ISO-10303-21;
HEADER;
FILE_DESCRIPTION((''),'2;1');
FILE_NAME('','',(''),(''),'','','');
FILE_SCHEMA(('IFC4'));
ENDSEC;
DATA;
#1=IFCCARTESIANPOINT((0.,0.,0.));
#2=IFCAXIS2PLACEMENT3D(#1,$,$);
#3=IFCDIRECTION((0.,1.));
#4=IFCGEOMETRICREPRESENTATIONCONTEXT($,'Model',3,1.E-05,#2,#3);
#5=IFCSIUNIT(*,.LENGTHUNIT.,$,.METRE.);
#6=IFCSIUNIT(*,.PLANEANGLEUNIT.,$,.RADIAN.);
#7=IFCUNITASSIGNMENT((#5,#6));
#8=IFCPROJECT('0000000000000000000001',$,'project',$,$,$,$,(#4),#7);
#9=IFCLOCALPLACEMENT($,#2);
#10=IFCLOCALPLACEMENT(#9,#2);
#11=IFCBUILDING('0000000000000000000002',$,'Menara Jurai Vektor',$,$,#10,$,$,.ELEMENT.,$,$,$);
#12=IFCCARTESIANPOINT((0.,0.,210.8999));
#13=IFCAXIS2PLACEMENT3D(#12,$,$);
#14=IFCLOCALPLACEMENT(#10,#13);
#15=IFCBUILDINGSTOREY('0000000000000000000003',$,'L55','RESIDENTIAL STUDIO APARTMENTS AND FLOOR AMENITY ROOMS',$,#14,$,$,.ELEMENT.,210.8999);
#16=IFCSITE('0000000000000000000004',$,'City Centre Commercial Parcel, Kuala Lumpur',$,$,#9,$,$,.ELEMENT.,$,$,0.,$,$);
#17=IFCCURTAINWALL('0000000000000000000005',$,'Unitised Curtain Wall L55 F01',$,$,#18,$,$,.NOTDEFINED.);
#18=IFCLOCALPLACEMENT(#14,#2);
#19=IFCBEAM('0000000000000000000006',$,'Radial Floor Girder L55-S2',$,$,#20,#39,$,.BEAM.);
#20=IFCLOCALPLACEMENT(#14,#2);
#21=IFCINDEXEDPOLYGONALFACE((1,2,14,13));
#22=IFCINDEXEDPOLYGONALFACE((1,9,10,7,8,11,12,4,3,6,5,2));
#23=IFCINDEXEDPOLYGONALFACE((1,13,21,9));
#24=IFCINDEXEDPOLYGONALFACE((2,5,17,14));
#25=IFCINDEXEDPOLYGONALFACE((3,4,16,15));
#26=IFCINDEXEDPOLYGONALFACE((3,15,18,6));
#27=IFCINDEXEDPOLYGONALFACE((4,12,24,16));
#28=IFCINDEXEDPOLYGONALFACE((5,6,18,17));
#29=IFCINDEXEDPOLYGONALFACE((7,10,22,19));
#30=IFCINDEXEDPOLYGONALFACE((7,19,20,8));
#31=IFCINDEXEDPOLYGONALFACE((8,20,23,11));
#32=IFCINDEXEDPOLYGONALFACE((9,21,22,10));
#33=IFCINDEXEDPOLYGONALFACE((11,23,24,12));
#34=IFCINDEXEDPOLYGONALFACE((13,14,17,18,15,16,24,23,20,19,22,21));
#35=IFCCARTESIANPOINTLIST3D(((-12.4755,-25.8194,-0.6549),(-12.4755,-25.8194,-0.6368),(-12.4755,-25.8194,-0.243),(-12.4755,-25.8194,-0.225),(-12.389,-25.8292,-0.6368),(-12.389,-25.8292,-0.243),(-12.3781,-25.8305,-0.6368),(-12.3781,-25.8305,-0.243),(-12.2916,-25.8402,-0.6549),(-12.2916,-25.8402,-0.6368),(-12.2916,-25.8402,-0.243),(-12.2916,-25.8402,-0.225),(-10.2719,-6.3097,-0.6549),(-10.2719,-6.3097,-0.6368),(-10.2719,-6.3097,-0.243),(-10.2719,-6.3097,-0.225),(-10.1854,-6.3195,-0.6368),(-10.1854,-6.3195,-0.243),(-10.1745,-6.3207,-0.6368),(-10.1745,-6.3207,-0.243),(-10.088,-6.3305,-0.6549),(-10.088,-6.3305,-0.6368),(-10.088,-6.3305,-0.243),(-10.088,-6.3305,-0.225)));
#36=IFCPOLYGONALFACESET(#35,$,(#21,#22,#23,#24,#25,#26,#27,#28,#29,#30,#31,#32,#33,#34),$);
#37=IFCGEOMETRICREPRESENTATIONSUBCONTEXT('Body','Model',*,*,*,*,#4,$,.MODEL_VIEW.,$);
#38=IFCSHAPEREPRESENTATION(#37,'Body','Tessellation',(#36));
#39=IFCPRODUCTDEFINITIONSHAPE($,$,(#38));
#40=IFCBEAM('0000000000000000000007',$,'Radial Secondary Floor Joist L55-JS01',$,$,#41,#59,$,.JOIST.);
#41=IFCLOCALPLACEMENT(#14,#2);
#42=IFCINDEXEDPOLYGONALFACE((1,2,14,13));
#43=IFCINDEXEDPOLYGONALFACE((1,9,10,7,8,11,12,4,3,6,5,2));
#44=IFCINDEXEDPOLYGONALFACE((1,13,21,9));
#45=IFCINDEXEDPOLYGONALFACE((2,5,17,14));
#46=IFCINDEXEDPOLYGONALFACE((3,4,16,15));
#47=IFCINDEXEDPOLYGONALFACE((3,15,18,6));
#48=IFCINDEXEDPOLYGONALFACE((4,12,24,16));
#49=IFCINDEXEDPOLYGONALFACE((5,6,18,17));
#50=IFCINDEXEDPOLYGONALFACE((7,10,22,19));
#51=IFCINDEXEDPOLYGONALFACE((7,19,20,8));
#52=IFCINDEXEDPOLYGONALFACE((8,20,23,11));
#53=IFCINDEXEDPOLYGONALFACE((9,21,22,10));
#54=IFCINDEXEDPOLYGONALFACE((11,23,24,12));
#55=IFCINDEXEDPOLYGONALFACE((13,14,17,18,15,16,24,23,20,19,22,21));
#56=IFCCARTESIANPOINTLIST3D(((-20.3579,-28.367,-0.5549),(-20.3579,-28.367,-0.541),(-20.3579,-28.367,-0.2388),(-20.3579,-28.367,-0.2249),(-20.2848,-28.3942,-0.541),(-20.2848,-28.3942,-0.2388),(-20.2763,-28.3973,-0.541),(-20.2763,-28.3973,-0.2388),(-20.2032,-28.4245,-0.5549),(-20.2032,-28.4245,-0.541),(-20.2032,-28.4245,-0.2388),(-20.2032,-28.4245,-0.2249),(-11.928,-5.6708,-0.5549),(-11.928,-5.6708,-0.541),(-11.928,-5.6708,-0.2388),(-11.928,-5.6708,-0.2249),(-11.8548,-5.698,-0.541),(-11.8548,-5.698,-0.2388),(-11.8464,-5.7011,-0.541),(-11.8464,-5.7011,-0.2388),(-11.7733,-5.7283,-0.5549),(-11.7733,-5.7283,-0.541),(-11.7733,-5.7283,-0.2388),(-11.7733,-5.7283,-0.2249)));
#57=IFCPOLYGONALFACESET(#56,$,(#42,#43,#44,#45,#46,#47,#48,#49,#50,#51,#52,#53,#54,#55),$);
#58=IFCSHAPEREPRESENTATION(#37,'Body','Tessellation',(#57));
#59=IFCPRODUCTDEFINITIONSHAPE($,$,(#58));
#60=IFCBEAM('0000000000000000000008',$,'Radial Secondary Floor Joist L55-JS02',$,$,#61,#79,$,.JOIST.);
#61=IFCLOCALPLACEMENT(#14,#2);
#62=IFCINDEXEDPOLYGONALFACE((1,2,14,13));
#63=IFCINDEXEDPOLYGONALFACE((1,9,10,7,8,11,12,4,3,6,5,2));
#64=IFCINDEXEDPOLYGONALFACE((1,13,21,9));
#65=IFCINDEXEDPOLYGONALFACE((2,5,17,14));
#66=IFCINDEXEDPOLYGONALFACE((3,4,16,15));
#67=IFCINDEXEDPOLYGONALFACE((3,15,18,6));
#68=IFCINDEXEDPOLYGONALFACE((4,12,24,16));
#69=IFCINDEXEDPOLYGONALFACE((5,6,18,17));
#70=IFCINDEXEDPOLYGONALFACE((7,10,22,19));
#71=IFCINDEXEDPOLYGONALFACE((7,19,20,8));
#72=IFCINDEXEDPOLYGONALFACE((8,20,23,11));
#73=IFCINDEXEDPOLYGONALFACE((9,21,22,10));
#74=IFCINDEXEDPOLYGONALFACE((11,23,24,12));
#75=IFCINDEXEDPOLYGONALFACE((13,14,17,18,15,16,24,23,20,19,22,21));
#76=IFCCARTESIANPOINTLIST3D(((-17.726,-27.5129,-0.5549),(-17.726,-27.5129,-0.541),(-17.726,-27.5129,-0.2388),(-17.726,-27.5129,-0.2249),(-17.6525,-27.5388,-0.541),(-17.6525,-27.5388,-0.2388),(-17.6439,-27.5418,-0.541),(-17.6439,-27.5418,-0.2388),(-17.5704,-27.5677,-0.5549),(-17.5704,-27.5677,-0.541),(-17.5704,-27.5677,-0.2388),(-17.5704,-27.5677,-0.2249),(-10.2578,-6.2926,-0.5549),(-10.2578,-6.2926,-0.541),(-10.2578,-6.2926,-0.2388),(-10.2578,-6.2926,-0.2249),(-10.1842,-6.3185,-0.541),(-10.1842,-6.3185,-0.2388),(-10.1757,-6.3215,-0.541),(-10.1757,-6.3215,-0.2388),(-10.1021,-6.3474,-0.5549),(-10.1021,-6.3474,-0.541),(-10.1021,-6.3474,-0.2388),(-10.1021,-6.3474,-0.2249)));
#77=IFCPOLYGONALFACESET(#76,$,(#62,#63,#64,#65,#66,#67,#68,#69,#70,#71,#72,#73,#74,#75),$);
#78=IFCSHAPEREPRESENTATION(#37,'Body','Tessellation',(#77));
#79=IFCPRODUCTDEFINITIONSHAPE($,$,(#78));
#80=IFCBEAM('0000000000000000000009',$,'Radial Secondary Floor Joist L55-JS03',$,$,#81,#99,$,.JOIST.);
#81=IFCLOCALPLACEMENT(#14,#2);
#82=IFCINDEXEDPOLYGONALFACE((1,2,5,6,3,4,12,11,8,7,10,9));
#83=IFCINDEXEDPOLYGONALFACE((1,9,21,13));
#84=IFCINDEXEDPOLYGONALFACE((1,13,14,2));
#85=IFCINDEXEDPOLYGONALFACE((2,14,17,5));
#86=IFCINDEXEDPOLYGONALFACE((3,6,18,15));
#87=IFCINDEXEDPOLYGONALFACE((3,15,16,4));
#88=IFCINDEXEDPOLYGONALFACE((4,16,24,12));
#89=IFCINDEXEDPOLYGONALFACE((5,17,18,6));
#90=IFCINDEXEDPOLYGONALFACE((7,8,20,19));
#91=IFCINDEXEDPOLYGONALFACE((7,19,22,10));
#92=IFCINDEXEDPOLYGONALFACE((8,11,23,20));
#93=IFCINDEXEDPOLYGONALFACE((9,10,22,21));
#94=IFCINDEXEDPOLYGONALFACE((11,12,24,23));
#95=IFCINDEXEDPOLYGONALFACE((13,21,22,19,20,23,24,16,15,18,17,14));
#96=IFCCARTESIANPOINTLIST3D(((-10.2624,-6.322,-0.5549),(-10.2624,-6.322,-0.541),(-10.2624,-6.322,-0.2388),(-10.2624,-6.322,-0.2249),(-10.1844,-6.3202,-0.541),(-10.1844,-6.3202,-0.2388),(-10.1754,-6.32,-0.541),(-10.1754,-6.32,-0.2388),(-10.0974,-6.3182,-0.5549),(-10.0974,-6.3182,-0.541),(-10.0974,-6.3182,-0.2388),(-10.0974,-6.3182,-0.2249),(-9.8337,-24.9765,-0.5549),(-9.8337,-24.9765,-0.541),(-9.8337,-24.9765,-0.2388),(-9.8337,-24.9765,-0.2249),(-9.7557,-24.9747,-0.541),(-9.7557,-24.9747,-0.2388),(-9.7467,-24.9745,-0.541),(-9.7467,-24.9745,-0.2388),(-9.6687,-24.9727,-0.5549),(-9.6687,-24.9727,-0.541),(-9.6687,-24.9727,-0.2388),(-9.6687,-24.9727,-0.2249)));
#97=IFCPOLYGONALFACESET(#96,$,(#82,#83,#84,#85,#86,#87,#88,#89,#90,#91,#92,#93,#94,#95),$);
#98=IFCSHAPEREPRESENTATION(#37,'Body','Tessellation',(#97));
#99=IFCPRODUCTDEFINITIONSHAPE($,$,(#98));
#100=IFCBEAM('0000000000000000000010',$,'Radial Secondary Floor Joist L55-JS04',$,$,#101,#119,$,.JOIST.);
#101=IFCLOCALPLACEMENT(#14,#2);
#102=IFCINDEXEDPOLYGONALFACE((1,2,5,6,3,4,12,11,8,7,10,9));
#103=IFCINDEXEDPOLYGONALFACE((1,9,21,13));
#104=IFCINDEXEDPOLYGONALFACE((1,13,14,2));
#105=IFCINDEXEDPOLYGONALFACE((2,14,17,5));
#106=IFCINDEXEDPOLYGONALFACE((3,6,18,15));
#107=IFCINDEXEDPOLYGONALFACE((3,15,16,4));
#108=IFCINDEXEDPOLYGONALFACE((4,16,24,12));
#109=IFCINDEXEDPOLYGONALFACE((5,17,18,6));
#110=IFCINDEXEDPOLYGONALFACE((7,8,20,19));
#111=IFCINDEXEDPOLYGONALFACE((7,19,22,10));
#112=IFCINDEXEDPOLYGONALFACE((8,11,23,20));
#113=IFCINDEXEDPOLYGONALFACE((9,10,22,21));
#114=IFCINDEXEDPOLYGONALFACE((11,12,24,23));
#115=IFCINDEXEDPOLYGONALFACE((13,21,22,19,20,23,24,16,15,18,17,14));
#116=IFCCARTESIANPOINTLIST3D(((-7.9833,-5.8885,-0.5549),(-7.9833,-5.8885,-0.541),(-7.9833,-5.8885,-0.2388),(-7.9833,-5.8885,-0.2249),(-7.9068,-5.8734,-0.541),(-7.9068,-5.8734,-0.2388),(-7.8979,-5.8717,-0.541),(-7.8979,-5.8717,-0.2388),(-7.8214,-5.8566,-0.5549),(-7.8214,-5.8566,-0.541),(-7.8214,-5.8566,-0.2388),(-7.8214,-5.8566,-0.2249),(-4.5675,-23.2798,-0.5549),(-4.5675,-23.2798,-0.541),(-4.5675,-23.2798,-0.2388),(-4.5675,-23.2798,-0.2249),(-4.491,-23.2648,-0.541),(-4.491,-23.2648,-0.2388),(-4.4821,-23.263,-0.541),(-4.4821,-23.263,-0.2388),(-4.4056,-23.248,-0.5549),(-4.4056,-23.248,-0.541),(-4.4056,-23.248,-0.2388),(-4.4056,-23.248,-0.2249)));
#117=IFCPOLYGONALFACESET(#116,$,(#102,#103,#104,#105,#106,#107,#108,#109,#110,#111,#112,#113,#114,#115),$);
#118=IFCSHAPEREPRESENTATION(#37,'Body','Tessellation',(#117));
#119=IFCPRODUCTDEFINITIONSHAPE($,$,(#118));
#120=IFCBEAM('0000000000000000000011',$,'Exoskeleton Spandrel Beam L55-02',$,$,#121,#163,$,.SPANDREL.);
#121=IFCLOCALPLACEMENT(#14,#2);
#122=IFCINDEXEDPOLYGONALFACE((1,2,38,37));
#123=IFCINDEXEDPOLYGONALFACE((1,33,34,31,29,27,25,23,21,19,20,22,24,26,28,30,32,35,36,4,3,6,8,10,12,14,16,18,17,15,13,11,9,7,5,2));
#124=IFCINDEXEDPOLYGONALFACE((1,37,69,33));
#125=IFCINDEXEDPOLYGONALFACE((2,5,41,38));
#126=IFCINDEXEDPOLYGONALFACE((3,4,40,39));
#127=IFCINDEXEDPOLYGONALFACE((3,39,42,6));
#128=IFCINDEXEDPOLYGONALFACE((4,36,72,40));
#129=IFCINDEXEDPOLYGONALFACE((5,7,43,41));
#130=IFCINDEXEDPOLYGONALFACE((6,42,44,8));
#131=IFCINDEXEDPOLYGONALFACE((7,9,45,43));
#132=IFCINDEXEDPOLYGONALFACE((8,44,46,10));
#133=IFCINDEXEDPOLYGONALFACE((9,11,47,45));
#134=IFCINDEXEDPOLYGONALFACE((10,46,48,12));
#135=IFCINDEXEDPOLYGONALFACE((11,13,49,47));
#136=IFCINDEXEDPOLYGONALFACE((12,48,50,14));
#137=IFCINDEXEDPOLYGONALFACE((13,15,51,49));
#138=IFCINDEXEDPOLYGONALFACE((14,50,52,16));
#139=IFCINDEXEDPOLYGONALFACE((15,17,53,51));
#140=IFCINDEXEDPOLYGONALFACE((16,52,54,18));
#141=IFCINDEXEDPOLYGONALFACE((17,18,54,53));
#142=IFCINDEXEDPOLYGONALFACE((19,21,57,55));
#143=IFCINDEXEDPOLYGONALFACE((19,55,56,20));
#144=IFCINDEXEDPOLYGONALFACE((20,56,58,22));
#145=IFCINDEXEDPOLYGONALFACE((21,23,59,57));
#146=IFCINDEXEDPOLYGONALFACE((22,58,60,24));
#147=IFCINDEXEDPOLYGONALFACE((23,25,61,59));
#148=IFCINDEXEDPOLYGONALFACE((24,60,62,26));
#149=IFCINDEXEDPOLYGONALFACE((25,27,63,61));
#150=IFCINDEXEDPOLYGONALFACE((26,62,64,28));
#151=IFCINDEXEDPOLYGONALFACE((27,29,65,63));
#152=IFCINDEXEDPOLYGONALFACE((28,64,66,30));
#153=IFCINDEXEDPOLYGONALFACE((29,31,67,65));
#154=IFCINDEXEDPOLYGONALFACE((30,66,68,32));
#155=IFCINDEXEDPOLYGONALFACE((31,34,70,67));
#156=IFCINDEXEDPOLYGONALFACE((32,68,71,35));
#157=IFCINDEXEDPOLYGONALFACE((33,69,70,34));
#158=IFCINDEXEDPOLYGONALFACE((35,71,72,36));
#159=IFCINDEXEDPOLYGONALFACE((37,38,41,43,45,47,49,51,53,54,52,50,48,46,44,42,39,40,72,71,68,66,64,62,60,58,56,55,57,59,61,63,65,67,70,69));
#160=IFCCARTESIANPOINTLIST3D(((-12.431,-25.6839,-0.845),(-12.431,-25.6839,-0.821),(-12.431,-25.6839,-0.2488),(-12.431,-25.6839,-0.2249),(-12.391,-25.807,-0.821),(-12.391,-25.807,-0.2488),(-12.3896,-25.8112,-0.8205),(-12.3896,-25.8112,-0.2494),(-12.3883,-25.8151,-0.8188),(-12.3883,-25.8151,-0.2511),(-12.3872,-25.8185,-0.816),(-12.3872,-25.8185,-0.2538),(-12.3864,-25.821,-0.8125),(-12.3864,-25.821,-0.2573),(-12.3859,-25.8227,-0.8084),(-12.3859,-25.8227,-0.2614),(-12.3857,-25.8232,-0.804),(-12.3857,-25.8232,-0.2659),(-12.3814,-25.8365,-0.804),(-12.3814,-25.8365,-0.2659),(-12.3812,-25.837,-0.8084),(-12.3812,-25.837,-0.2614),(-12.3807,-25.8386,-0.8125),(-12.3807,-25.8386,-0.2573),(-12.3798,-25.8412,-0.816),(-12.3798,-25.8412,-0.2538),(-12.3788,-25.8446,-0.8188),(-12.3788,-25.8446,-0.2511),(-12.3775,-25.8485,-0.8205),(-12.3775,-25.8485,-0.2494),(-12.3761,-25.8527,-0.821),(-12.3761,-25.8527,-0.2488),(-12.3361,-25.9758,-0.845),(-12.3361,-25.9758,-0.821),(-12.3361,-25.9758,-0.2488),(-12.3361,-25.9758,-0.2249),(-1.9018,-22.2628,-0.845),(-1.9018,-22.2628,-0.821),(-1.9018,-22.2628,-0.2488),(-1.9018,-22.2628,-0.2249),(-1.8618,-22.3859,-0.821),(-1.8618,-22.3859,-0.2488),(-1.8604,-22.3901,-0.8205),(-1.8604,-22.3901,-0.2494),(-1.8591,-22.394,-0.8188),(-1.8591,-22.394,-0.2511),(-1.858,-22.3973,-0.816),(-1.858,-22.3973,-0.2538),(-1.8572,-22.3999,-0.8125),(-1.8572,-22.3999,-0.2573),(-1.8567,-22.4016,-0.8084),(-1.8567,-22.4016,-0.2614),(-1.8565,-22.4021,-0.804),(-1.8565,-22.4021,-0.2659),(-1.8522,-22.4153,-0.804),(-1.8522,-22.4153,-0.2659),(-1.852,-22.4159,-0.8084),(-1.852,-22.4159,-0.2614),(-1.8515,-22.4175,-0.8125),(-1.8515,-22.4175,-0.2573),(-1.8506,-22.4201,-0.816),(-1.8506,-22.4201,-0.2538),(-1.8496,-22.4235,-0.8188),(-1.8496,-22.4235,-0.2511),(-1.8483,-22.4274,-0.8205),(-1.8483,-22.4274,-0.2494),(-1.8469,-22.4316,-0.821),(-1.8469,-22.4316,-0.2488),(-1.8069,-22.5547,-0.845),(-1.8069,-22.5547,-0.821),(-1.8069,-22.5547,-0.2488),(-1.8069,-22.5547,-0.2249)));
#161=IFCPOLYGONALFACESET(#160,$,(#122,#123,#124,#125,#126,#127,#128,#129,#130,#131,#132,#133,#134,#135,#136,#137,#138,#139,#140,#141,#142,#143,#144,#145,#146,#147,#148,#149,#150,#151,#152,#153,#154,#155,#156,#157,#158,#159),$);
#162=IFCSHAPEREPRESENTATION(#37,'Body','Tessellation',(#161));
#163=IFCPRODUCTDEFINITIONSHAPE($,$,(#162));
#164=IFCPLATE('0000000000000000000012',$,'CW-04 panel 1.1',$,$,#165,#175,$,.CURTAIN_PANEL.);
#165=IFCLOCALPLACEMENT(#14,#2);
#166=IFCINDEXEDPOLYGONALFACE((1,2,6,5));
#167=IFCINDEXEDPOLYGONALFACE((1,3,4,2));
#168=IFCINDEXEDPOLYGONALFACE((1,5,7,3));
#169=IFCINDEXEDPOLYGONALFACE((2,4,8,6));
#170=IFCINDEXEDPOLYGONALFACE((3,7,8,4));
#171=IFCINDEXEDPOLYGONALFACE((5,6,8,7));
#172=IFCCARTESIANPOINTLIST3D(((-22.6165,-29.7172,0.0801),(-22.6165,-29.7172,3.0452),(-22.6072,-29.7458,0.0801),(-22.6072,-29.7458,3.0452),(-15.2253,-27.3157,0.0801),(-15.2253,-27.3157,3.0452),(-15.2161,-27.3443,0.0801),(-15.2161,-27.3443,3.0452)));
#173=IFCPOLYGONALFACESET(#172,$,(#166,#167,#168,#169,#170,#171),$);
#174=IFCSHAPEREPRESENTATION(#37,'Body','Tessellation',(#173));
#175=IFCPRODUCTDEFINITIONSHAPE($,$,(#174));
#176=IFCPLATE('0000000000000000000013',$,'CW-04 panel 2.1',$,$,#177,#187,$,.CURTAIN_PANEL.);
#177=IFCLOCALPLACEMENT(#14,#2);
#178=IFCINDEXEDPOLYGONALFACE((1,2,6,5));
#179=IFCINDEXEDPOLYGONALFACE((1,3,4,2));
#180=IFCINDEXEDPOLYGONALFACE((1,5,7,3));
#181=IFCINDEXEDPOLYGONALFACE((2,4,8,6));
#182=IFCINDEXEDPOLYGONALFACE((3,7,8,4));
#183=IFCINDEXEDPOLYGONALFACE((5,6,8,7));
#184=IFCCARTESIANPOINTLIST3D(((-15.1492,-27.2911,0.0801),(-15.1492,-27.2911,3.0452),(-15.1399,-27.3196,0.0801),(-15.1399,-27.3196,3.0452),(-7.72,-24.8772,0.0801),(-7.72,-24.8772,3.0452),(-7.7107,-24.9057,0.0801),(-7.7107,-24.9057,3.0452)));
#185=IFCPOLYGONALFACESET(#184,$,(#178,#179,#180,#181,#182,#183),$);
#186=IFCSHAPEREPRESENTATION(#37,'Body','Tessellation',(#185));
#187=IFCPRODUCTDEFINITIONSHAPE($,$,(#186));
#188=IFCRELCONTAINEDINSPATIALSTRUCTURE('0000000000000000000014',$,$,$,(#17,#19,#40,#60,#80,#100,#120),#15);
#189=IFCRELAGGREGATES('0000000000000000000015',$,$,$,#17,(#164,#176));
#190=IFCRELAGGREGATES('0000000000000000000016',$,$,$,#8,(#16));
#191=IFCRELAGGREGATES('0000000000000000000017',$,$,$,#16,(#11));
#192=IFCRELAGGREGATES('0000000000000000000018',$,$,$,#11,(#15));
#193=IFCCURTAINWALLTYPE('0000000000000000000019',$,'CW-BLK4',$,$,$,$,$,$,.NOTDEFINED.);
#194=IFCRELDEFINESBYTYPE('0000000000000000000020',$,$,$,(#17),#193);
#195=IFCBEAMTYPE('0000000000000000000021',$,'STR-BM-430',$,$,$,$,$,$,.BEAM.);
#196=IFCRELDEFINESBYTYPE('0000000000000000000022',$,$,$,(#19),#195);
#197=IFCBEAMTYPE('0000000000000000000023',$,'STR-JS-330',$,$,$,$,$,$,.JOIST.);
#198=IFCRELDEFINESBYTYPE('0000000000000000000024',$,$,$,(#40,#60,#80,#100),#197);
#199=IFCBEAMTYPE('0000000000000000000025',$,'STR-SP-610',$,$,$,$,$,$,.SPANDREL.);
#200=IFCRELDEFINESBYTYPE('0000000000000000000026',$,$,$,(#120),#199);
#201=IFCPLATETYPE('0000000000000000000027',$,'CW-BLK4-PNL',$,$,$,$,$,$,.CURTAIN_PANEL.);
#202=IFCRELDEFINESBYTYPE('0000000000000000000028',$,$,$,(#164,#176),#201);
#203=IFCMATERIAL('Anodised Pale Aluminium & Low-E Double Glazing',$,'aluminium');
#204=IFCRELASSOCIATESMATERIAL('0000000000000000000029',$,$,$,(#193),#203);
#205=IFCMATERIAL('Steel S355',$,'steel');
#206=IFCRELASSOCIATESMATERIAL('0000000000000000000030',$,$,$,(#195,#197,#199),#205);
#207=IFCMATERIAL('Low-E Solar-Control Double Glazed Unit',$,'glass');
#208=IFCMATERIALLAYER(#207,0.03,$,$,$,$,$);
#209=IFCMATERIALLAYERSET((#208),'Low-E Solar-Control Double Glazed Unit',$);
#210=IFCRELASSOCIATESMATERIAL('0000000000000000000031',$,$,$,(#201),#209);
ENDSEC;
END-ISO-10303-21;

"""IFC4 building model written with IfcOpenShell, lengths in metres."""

from ifc_helpers import new_model, si_unit, direction, frame, origin, origin_2d, place, context, subcontext, project, spatial, rectangle, i_section, extrude, material, layer, layer_set, material_profile, profile_set, type_object, element, aggregate, save


model = new_model("IFC4")

# Units and contexts
model_context = context("Model", 3, precision=1e-05, world=origin(), true_north=direction((0.0, 1.0)))
body_context = subcontext(model_context, "Body", "Model", "MODEL_VIEW")
ifc_project = project(units=[si_unit("LENGTHUNIT", "METRE"), si_unit("PLANEANGLEUNIT", "RADIAN")], contexts=[model_context])

# Site, building, storey
site_placement = place(None, origin())
site = spatial("IfcSite", under=ifc_project, at=site_placement, Name="City Centre Commercial Parcel, Kuala Lumpur", CompositionType="ELEMENT", RefElevation=0.0)
building_placement = place(site_placement, origin())
building = spatial("IfcBuilding", under=site, at=building_placement, Name="Menara Jurai Vektor", CompositionType="ELEMENT")
storey_placement = place(building_placement, frame((0.0, 0.0, 210.8999)))
storey = spatial("IfcBuildingStorey", under=building, at=storey_placement, Name="L55", Description="RESIDENTIAL STUDIO APARTMENTS AND FLOOR AMENITY ROOMS", CompositionType="ELEMENT", Elevation=210.8999)

# Curtain wall
ifc_material_1 = material(Name="Anodised Pale Aluminium & Low-E Double Glazing", Category="aluminium")
curtain_wall_type = type_object("IfcCurtainWallType", Name="CW-BLK4", PredefinedType="NOTDEFINED", material=ifc_material_1)
curtain_wall_placement = place(storey_placement, origin())
curtain_wall = element("IfcCurtainWall", 1, at=curtain_wall_placement, inside=storey, type_object=curtain_wall_type, Name="Unitised Curtain Wall L55 F01", PredefinedType="NOTDEFINED")

# Beams
ifc_material_2 = material(Name="Steel S355", Category="steel")
ifc_material_profile_1 = material_profile(ifc_material_2, i_section(OverallWidth=0.1851, OverallDepth=0.4299, WebThickness=0.011, FlangeThickness=0.0181, at=origin_2d()), Name="PG 430x185x76")
ifc_profile_set_1 = profile_set([ifc_material_profile_1], Name="Steel S355")
beam_type_1 = type_object("IfcBeamType", Name="STR-BM-430", PredefinedType="BEAM", material=ifc_profile_set_1)
beam_1_placement = place(storey_placement, frame((-12.3835, -25.8298, -0.4399), z_axis=(0.112236, 0.993682, 0.0), x_axis=(-0.993682, 0.112236, 0.0)))
element("IfcBeam", 2, at=beam_1_placement, inside=storey, type_object=beam_type_1, Name="Radial Floor Girder L55-S2", PredefinedType="BEAM", context=body_context, shape_type="SweptSolid", body=[
    extrude(i_section(OverallWidth=0.1851, OverallDepth=0.4299, WebThickness=0.011, FlangeThickness=0.0181, at=origin_2d()), origin(), (0.0, 0.0, 1.0), 19.6338),
])
ifc_material_profile_2 = material_profile(ifc_material_2, i_section(OverallWidth=0.165, OverallDepth=0.3301, WebThickness=0.009, FlangeThickness=0.0139, at=origin_2d()), Name="PG 330x165x46")
ifc_profile_set_2 = profile_set([ifc_material_profile_2], Name="Steel S355")
beam_type_2 = type_object("IfcBeamType", Name="STR-JS-330", PredefinedType="JOIST", material=ifc_profile_set_2)
beam_2_placement = place(storey_placement, frame((-20.2805, -28.3958, -0.3899), z_axis=(0.348182, 0.937427, 0.0), x_axis=(-0.937427, 0.348182, 0.0)))
element("IfcBeam", 3, at=beam_2_placement, inside=storey, type_object=beam_type_2, Name="Radial Secondary Floor Joist L55-JS01", PredefinedType="JOIST", context=body_context, shape_type="SweptSolid", body=[
    extrude(i_section(OverallWidth=0.165, OverallDepth=0.3301, WebThickness=0.009, FlangeThickness=0.0139, at=origin_2d()), origin(), (0.0, 0.0, 1.0), 24.2112),
])
beam_3_placement = place(storey_placement, frame((-17.6482, -27.5403, -0.3899), z_axis=(0.331981, 0.943286, 0.0), x_axis=(-0.943286, 0.331981, 0.0)))
element("IfcBeam", 4, at=beam_3_placement, inside=storey, type_object=beam_type_2, Name="Radial Secondary Floor Joist L55-JS02", PredefinedType="JOIST", context=body_context, shape_type="SweptSolid", body=[
    extrude(i_section(OverallWidth=0.165, OverallDepth=0.3301, WebThickness=0.009, FlangeThickness=0.0139, at=origin_2d()), origin(), (0.0, 0.0, 1.0), 22.4961),
])
beam_4_placement = place(storey_placement, frame((-9.7512, -24.9746, -0.3899), z_axis=(-0.022976, 0.999736, 0.0), x_axis=(-0.999736, -0.022976, 0.0)))
element("IfcBeam", 5, at=beam_4_placement, inside=storey, type_object=beam_type_2, Name="Radial Secondary Floor Joist L55-JS03", PredefinedType="JOIST", context=body_context, shape_type="SweptSolid", body=[
    extrude(i_section(OverallWidth=0.165, OverallDepth=0.3301, WebThickness=0.009, FlangeThickness=0.0139, at=origin_2d()), origin(), (0.0, 0.0, 1.0), 18.6594),
])
beam_5_placement = place(storey_placement, frame((-4.4866, -23.2639, -0.3899), z_axis=(-0.192724, 0.981253, 0.0), x_axis=(-0.981253, -0.192724, 0.0)))
element("IfcBeam", 6, at=beam_5_placement, inside=storey, type_object=beam_type_2, Name="Radial Secondary Floor Joist L55-JS04", PredefinedType="JOIST", context=body_context, shape_type="SweptSolid", body=[
    extrude(i_section(OverallWidth=0.165, OverallDepth=0.3301, WebThickness=0.009, FlangeThickness=0.0139, at=origin_2d()), origin(), (0.0, 0.0, 1.0), 17.7236),
])
ifc_material_profile_3 = material_profile(ifc_material_2, i_section(OverallWidth=0.3069, OverallDepth=0.6201, WebThickness=0.0139, FlangeThickness=0.0239, FilletRadius=0.0171, at=origin_2d()), Name="UKB 610x305x179")
ifc_profile_set_3 = profile_set([ifc_material_profile_3], Name="Steel S355")
beam_type_3 = type_object("IfcBeamType", Name="STR-SP-610", PredefinedType="SPANDREL", material=ifc_profile_set_3)
beam_6_placement = place(storey_placement, frame((-12.3835, -25.8298, -0.5349), z_axis=(0.951057, 0.309014, 0.0), x_axis=(-0.309014, 0.951057, 0.0)))
element("IfcBeam", 7, at=beam_6_placement, inside=storey, type_object=beam_type_3, Name="Exoskeleton Spandrel Beam L55-02", PredefinedType="SPANDREL", context=body_context, shape_type="SweptSolid", body=[
    extrude(i_section(OverallWidth=0.3069, OverallDepth=0.6201, WebThickness=0.0139, FlangeThickness=0.0239, FilletRadius=0.0171, at=origin_2d()), origin(), (0.0, 0.0, 1.0), 11.071),
])

# Plates
ifc_material_3 = material(Name="Low-E Solar-Control Double Glazed Unit", Category="glass")
ifc_layer_1 = layer(ifc_material_3, 0.03)
ifc_layer_set_1 = layer_set([ifc_layer_1], Name="Low-E Solar-Control Double Glazed Unit")
plate_type_1 = type_object("IfcPlateType", Name="CW-BLK4-PNL", PredefinedType="CURTAIN_PANEL", material=ifc_layer_set_1)
plate_1_placement = place(storey_placement, frame((-18.9163, -28.5308, 0.0801), z_axis=(0.0, 0.0, 1.0), x_axis=(0.951056, 0.309017, 0.0)))
plate_1 = element("IfcPlate", 8, at=plate_1_placement, type_object=plate_type_1, Name="CW-04 panel 1.1", PredefinedType="CURTAIN_PANEL", context=body_context, shape_type="SweptSolid", body=[
    extrude(rectangle(XDim=7.7715, YDim=0.03, at=origin_2d()), origin(), (0.0, 0.0, 1.0), 2.9651),
])
plate_2_placement = place(storey_placement, frame((-11.4299, -26.0984, 0.0801), z_axis=(0.0, 0.0, 1.0), x_axis=(0.951056, 0.309017, 0.0)))
plate_2 = element("IfcPlate", 9, at=plate_2_placement, type_object=plate_type_1, Name="CW-04 panel 2.1", PredefinedType="CURTAIN_PANEL", context=body_context, shape_type="SweptSolid", body=[
    extrude(rectangle(XDim=7.8115, YDim=0.03, at=origin_2d()), origin(), (0.0, 0.0, 1.0), 2.9651),
])
aggregate(curtain_wall, [plate_1, plate_2])

save(model, "model.ifc")
